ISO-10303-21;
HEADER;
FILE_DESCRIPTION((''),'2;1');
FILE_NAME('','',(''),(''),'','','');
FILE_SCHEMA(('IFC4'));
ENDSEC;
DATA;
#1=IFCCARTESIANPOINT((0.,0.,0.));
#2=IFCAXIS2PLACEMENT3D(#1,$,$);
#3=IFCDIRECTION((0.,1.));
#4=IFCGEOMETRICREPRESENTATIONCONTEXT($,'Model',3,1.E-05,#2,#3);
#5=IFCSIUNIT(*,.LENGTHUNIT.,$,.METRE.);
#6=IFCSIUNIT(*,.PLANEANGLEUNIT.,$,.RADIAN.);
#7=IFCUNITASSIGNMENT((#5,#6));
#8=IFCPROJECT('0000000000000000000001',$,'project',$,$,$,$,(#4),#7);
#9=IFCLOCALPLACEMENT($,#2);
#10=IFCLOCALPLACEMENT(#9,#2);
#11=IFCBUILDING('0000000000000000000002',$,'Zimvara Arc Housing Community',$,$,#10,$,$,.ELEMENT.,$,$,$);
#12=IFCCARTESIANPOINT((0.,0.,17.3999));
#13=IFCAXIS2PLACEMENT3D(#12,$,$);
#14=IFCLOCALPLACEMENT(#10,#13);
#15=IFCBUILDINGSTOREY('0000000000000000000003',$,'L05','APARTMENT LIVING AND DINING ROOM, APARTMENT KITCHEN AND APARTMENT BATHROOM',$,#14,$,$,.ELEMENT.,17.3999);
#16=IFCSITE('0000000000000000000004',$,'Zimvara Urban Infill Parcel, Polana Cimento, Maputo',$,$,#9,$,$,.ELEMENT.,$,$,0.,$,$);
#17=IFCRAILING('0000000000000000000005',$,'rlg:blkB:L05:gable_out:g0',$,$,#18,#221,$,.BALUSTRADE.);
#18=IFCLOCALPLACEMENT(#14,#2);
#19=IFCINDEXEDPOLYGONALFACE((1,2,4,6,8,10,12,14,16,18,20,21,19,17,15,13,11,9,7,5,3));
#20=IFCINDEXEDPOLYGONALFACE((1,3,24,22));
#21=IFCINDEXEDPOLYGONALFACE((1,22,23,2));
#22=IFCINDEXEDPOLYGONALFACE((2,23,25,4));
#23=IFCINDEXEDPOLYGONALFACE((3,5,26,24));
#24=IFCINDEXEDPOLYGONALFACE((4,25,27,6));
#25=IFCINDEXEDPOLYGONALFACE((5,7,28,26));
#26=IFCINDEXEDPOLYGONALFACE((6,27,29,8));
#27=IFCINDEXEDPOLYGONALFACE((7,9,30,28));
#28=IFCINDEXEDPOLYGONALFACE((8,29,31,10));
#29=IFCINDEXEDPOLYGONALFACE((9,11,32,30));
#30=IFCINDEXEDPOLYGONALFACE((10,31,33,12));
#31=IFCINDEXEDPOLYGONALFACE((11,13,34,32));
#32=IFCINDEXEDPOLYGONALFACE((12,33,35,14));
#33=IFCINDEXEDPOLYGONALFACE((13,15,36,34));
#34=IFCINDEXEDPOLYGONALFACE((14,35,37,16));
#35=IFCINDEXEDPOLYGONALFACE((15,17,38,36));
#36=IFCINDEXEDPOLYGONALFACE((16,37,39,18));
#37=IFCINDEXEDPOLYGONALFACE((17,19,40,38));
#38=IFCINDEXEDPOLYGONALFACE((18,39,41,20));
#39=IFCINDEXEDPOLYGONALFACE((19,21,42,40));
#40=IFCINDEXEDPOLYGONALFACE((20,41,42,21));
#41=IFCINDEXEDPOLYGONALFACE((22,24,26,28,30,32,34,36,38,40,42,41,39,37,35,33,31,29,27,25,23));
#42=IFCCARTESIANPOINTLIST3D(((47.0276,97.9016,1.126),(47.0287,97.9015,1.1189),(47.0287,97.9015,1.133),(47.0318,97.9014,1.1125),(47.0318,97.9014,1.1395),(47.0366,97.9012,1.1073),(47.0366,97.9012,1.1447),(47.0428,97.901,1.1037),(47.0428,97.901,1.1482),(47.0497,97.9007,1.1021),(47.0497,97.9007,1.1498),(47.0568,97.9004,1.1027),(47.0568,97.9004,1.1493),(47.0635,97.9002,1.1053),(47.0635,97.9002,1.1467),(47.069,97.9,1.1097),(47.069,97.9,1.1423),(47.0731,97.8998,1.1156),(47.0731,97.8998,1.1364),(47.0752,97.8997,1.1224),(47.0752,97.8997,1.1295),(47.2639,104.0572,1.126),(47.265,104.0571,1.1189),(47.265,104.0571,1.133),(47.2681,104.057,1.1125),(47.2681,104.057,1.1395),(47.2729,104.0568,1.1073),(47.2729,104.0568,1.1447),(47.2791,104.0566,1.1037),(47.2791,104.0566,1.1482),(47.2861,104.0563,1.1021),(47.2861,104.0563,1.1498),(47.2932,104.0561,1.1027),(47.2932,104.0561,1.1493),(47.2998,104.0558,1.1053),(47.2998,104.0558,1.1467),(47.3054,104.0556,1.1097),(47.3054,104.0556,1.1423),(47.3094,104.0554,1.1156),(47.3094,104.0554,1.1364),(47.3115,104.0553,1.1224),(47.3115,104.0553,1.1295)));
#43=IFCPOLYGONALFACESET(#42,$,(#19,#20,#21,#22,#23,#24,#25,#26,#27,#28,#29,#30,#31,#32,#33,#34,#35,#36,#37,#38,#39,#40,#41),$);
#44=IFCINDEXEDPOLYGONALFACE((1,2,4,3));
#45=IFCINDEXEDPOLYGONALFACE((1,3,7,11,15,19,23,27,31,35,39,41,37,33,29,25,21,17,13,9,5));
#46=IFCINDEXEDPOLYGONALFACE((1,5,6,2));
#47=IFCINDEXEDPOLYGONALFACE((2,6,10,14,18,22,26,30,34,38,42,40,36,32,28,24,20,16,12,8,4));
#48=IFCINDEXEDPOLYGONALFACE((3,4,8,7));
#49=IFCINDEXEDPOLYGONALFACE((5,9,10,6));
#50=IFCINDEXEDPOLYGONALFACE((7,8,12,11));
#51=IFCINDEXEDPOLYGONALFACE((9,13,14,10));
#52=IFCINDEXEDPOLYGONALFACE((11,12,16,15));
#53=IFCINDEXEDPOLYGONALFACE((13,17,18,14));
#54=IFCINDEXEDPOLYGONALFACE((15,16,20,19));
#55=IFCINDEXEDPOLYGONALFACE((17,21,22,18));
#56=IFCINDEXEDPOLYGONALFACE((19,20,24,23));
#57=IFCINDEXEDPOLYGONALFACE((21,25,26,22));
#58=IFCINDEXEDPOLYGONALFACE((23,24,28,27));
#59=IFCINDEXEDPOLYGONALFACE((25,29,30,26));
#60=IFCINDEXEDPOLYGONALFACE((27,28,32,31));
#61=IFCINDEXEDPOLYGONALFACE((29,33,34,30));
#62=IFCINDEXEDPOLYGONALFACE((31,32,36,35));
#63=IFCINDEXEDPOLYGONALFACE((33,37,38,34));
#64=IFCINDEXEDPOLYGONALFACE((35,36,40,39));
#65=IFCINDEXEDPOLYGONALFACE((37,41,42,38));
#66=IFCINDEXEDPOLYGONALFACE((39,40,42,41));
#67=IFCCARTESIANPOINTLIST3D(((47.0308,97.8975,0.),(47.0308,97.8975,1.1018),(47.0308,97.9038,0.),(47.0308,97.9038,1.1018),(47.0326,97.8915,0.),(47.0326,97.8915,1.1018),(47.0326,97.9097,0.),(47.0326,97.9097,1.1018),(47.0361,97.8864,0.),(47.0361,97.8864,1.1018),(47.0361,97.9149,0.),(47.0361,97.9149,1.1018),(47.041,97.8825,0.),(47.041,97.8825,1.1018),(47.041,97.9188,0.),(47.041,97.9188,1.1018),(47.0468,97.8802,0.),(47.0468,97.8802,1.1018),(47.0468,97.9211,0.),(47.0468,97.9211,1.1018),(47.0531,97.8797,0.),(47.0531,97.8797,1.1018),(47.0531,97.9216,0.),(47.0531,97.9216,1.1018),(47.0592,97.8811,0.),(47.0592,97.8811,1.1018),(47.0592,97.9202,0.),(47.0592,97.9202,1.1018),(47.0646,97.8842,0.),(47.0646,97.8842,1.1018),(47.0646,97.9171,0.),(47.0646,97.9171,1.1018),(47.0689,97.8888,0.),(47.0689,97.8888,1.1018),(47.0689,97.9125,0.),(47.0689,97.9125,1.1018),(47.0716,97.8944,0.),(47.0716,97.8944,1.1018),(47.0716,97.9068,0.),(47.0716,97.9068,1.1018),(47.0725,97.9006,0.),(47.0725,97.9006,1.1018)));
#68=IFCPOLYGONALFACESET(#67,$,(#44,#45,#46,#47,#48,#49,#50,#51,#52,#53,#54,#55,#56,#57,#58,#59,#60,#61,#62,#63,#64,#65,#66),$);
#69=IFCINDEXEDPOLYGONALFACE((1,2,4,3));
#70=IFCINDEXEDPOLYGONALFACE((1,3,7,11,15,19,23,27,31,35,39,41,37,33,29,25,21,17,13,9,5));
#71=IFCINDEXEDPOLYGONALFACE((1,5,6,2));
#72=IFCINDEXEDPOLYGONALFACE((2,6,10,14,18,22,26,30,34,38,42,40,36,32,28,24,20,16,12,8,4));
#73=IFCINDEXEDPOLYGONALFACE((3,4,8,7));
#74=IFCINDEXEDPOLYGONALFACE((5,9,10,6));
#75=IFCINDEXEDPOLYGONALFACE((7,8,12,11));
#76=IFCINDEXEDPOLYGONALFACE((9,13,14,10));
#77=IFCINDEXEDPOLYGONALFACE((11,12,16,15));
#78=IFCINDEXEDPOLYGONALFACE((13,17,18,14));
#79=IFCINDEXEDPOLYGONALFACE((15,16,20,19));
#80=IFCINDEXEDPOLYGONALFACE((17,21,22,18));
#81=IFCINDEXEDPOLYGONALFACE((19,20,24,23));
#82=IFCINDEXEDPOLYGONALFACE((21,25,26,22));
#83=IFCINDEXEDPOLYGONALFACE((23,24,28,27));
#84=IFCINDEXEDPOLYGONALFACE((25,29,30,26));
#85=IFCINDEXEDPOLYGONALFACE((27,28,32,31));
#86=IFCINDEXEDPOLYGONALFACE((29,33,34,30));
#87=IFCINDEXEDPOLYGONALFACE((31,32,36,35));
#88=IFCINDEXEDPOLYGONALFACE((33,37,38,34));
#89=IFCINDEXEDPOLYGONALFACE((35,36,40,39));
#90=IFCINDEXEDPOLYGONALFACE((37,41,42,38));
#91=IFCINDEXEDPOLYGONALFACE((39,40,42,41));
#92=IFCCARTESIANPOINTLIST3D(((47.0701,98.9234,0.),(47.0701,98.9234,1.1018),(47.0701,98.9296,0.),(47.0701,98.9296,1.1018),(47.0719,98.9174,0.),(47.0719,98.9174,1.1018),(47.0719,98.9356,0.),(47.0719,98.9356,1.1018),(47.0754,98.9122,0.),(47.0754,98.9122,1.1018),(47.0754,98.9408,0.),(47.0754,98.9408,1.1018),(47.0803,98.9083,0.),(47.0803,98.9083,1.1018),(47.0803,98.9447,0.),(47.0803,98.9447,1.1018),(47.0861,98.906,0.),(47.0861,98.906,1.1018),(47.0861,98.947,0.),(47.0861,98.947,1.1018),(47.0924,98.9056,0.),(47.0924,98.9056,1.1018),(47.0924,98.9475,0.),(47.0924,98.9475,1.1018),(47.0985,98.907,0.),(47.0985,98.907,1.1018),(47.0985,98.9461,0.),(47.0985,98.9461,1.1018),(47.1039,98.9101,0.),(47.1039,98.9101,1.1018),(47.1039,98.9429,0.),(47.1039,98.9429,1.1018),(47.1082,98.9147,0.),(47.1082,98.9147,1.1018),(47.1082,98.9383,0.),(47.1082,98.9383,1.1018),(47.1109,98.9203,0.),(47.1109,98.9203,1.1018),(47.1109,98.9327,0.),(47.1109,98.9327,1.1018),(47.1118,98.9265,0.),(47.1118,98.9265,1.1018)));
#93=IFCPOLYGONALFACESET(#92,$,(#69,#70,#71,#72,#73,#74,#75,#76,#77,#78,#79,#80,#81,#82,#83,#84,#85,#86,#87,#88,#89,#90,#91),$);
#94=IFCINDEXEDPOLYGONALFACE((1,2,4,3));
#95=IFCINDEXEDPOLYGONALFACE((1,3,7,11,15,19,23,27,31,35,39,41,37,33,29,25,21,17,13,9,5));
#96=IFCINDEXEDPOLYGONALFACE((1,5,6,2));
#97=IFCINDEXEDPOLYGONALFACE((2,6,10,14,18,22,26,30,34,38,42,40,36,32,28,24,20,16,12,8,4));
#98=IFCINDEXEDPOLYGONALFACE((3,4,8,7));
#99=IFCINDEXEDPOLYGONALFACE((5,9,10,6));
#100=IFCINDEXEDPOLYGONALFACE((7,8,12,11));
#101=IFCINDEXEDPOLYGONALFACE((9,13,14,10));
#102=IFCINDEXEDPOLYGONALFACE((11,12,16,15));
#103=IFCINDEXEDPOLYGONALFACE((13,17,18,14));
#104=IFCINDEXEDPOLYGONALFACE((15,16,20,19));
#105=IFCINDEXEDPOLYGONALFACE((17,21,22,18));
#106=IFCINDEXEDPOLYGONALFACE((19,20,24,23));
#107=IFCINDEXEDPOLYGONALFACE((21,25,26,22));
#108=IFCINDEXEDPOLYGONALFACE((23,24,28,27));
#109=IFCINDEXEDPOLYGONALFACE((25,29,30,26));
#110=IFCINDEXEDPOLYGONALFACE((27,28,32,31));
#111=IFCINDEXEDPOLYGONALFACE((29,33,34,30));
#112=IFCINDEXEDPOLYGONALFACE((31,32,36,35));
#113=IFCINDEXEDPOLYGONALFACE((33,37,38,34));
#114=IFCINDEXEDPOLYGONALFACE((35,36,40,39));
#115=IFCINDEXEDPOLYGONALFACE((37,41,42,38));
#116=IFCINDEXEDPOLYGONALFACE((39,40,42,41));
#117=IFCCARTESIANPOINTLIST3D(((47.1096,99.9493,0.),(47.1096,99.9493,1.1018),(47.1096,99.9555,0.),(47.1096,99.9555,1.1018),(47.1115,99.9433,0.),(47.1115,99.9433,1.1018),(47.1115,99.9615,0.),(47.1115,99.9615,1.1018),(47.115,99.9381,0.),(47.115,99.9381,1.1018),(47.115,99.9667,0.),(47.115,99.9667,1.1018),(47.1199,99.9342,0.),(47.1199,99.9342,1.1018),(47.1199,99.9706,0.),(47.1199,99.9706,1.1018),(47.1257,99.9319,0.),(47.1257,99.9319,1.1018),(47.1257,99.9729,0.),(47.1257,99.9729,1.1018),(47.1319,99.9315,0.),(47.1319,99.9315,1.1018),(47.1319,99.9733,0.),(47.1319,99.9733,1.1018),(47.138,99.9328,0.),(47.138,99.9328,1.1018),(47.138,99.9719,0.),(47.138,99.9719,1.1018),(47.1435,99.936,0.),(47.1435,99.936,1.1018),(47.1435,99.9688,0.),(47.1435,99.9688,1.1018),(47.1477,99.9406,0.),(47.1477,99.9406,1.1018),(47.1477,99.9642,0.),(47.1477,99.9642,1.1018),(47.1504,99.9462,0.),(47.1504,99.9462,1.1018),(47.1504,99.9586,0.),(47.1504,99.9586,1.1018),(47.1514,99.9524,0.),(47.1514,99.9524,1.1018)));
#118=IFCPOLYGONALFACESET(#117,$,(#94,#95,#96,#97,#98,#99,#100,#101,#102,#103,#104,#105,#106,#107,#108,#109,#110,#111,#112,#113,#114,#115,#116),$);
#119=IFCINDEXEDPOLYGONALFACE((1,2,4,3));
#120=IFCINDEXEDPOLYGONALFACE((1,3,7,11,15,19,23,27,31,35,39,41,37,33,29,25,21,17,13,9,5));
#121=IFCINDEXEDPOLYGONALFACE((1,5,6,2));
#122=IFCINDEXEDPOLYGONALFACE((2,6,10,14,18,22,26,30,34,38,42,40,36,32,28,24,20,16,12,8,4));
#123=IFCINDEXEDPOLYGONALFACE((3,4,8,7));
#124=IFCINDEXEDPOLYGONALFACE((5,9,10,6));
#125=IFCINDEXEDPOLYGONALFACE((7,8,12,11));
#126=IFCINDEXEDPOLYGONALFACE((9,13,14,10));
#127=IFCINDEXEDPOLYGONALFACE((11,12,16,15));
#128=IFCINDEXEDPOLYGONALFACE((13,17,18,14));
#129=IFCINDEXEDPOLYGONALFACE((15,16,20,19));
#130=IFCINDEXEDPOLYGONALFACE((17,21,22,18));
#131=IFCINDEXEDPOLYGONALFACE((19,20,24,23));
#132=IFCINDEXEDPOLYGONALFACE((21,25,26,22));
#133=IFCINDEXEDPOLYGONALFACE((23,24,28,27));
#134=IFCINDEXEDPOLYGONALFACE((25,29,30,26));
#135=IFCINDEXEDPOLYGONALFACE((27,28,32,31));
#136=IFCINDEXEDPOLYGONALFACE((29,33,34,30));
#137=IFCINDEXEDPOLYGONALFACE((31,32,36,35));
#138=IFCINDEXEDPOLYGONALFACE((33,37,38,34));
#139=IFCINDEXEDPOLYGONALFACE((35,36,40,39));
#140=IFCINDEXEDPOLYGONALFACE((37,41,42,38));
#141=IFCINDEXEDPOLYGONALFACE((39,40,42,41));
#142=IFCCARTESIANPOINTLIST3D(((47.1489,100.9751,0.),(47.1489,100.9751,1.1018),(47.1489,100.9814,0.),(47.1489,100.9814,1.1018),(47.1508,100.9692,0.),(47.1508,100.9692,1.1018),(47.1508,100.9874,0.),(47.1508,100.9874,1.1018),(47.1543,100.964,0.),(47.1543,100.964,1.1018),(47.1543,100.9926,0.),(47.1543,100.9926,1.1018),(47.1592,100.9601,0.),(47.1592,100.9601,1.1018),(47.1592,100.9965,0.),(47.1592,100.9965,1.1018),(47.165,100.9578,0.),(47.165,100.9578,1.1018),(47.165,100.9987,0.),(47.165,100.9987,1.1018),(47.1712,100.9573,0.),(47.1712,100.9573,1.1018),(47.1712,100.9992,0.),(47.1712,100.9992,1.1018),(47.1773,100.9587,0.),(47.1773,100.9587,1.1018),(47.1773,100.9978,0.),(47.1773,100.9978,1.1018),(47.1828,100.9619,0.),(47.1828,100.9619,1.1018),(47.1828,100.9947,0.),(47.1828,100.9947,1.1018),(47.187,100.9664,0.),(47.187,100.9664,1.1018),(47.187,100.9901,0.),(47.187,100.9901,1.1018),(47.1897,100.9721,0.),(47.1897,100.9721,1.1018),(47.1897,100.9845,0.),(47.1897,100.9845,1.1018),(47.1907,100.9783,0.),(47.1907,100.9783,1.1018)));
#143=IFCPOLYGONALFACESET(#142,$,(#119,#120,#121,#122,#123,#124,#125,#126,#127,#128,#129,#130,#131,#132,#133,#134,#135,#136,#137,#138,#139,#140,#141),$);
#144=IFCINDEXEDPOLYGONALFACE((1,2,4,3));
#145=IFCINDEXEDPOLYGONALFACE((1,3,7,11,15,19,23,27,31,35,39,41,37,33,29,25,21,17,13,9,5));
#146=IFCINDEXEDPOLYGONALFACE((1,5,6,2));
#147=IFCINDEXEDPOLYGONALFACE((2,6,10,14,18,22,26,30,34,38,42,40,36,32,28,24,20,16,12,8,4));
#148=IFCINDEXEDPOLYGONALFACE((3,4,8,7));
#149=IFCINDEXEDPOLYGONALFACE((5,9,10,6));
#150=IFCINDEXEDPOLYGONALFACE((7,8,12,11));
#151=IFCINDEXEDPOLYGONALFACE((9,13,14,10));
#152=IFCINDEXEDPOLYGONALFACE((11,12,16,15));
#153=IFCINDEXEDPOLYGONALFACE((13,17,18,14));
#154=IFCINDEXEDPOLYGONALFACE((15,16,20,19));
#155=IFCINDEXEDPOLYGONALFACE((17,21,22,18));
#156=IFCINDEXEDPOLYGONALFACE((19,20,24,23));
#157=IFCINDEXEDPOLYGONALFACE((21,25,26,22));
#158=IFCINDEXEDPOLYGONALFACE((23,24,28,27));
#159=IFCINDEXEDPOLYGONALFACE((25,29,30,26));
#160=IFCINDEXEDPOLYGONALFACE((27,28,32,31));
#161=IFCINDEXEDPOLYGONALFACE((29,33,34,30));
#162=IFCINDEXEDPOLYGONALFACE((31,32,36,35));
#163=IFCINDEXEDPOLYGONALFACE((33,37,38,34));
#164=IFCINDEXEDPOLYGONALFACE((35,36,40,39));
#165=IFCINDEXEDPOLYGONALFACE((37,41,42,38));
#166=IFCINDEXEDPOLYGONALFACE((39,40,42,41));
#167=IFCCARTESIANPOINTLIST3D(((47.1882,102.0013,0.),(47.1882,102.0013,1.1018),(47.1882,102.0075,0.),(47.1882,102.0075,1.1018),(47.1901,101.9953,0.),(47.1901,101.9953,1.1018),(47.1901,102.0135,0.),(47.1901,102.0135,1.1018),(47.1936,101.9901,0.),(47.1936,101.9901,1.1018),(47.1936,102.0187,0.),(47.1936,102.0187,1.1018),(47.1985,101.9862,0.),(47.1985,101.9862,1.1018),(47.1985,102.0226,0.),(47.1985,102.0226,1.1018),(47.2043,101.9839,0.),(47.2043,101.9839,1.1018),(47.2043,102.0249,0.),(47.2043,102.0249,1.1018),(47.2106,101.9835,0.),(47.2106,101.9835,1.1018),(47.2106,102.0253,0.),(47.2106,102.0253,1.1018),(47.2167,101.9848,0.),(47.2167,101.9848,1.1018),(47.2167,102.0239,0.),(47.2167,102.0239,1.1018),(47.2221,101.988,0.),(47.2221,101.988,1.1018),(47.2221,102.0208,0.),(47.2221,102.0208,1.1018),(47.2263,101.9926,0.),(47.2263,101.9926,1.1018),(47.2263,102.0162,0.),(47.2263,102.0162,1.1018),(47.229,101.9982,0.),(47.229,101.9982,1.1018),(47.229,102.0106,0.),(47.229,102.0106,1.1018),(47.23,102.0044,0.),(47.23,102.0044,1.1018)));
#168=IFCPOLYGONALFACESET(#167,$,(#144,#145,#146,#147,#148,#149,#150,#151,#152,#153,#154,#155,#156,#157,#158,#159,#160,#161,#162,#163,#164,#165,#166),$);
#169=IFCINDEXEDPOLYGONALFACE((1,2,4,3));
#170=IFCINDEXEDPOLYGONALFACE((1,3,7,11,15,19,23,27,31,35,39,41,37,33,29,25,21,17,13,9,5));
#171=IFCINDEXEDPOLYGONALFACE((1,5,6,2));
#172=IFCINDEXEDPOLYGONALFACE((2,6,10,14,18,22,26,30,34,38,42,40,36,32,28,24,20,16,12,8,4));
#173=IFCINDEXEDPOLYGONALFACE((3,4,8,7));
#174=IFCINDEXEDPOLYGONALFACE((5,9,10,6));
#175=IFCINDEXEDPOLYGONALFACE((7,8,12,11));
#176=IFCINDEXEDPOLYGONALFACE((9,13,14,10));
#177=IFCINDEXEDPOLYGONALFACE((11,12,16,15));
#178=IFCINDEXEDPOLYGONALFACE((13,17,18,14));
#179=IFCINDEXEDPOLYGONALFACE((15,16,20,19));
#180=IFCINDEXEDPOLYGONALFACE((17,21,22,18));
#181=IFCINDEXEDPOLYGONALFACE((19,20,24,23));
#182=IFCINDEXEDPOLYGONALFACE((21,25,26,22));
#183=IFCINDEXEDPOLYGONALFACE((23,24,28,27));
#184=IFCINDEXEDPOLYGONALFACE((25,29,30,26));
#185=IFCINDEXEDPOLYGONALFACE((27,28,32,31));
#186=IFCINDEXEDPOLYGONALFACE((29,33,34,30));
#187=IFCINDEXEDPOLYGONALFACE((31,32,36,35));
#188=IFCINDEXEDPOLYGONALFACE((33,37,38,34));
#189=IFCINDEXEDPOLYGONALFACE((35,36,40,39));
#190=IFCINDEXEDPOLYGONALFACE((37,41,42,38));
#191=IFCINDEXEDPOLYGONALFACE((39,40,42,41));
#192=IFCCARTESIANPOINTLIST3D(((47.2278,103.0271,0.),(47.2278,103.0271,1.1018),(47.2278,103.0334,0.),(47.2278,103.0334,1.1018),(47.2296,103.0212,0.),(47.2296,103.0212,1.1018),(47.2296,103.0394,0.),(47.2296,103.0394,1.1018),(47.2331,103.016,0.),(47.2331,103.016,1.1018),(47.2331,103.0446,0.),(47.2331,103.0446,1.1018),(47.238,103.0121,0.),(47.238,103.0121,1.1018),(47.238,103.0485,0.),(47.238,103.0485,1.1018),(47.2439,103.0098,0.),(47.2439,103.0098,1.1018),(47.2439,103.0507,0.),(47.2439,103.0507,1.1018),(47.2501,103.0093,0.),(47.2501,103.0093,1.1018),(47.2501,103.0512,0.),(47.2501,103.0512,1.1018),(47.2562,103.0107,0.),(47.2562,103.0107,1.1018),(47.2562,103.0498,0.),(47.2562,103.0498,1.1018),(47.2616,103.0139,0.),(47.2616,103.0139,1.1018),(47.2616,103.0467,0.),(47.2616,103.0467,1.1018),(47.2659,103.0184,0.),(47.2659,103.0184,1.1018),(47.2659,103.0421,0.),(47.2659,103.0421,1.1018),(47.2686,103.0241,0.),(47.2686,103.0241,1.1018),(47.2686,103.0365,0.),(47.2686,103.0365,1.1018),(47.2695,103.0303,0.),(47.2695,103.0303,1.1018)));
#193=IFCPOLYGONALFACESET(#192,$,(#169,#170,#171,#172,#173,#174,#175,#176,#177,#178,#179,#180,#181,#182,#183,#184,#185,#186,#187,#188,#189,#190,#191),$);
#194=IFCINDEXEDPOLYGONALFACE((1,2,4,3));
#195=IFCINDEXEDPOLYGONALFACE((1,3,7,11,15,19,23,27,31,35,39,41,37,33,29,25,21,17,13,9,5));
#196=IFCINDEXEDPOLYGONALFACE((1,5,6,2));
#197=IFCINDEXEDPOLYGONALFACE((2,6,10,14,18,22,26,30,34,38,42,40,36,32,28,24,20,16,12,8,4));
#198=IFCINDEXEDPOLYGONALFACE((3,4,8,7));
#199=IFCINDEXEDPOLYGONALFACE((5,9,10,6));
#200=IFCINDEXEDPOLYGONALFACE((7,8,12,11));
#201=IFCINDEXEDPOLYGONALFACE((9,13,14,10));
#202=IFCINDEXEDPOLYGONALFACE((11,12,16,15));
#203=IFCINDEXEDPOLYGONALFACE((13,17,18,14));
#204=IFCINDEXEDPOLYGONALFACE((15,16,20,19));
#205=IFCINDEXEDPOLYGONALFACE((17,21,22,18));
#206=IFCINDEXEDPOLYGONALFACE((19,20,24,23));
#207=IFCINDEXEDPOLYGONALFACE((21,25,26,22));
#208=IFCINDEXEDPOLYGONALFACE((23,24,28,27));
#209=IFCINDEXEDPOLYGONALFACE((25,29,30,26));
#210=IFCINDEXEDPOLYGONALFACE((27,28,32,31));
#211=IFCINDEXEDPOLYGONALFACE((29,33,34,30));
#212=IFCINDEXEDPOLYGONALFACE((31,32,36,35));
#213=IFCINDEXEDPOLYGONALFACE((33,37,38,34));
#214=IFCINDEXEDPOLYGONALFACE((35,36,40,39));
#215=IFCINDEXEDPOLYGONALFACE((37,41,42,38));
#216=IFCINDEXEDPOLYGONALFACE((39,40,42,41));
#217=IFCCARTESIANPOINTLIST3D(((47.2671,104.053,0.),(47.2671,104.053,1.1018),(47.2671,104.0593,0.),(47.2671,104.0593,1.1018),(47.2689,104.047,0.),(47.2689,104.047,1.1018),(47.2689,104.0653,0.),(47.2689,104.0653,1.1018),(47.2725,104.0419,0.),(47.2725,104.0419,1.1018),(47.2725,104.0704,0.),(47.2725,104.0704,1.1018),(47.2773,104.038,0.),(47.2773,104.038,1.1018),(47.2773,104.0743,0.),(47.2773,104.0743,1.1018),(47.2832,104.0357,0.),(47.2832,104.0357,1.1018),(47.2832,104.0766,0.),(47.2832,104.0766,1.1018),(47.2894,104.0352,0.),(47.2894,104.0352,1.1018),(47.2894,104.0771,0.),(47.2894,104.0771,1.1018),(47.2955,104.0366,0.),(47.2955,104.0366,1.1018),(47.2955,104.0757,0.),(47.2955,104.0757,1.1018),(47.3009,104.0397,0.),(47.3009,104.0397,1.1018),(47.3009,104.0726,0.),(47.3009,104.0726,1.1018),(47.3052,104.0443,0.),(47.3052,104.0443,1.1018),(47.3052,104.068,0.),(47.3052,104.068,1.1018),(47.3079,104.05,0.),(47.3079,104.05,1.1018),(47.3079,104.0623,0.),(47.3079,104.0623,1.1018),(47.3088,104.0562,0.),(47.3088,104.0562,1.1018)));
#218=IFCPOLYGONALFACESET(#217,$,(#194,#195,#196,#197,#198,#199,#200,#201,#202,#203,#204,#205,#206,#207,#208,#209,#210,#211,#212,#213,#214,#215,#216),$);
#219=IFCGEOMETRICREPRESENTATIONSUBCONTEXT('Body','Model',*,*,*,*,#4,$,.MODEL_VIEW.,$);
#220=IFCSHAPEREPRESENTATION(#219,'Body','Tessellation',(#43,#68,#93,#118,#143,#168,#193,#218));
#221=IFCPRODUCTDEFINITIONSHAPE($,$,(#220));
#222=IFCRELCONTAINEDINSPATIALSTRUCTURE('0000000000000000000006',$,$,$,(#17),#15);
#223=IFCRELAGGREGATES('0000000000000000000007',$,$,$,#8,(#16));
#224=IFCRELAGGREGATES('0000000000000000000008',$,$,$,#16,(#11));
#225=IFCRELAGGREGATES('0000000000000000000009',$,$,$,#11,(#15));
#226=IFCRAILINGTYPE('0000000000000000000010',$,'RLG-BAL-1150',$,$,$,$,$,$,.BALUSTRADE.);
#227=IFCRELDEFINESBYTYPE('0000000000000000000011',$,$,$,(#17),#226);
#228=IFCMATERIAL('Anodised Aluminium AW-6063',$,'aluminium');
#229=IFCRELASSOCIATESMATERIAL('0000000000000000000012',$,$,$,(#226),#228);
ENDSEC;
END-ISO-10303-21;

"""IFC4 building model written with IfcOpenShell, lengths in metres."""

from ifc_helpers import new_model, si_unit, direction, frame, origin, origin_2d, place, context, subcontext, project, spatial, circle, extrude, material, type_object, element, save


model = new_model("IFC4")

# Units and contexts
model_context = context("Model", 3, precision=1e-05, world=origin(), true_north=direction((0.0, 1.0)))
body_context = subcontext(model_context, "Body", "Model", "MODEL_VIEW")
ifc_project = project(units=[si_unit("LENGTHUNIT", "METRE"), si_unit("PLANEANGLEUNIT", "RADIAN")], contexts=[model_context])

# Site, building, storey
site_placement = place(None, origin())
site = spatial("IfcSite", under=ifc_project, at=site_placement, Name="Zimvara Urban Infill Parcel, Polana Cimento, Maputo", CompositionType="ELEMENT", RefElevation=0.0)
building_placement = place(site_placement, origin())
building = spatial("IfcBuilding", under=site, at=building_placement, Name="Zimvara Arc Housing Community", CompositionType="ELEMENT")
storey_placement = place(building_placement, frame((0.0, 0.0, 17.3999)))
storey = spatial("IfcBuildingStorey", under=building, at=storey_placement, Name="L05", Description="APARTMENT LIVING AND DINING ROOM, APARTMENT KITCHEN AND APARTMENT BATHROOM", CompositionType="ELEMENT", Elevation=17.3999)

# Railing
ifc_material_1 = material(Name="Anodised Aluminium AW-6063", Category="aluminium")
railing_type_1 = type_object("IfcRailingType", Name="RLG-BAL-1150", PredefinedType="BALUSTRADE", material=ifc_material_1)
railing_1_placement = place(storey_placement, frame((47.0515, 97.9006, 0.0)))
element("IfcRailing", 1, at=railing_1_placement, inside=storey, type_object=railing_type_1, Name="rlg:blkB:L05:gable_out:g0", PredefinedType="BALUSTRADE", context=body_context, shape_type="SweptSolid", body=[
    extrude(circle(Radius=0.0239, at=origin_2d()), frame((0.0, 0.0, 1.126), z_axis=(0.038365, 0.999264, 0.0), x_axis=(-0.999264, 0.038365, 0.0)), (0.0, 0.0, 1.0), 6.1602),
    extrude(circle(Radius=0.021, at=origin_2d()), origin(), (0.0, 0.0, 1.0), 1.1018),
    extrude(circle(Radius=0.021, at=origin_2d()), frame((0.0393, 1.0259, 0.0)), (0.0, 0.0, 1.0), 1.1018),
    extrude(circle(Radius=0.021, at=origin_2d()), frame((0.0789, 2.0518, 0.0)), (0.0, 0.0, 1.0), 1.1018),
    extrude(circle(Radius=0.021, at=origin_2d()), frame((0.1182, 3.0776, 0.0)), (0.0, 0.0, 1.0), 1.1018),
    extrude(circle(Radius=0.021, at=origin_2d()), frame((0.1575, 4.1038, 0.0)), (0.0, 0.0, 1.0), 1.1018),
    extrude(circle(Radius=0.021, at=origin_2d()), frame((0.197, 5.1296, 0.0)), (0.0, 0.0, 1.0), 1.1018),
    extrude(circle(Radius=0.021, at=origin_2d()), frame((0.2363, 6.1555, 0.0)), (0.0, 0.0, 1.0), 1.1018),
])

save(model, "model.ifc")
